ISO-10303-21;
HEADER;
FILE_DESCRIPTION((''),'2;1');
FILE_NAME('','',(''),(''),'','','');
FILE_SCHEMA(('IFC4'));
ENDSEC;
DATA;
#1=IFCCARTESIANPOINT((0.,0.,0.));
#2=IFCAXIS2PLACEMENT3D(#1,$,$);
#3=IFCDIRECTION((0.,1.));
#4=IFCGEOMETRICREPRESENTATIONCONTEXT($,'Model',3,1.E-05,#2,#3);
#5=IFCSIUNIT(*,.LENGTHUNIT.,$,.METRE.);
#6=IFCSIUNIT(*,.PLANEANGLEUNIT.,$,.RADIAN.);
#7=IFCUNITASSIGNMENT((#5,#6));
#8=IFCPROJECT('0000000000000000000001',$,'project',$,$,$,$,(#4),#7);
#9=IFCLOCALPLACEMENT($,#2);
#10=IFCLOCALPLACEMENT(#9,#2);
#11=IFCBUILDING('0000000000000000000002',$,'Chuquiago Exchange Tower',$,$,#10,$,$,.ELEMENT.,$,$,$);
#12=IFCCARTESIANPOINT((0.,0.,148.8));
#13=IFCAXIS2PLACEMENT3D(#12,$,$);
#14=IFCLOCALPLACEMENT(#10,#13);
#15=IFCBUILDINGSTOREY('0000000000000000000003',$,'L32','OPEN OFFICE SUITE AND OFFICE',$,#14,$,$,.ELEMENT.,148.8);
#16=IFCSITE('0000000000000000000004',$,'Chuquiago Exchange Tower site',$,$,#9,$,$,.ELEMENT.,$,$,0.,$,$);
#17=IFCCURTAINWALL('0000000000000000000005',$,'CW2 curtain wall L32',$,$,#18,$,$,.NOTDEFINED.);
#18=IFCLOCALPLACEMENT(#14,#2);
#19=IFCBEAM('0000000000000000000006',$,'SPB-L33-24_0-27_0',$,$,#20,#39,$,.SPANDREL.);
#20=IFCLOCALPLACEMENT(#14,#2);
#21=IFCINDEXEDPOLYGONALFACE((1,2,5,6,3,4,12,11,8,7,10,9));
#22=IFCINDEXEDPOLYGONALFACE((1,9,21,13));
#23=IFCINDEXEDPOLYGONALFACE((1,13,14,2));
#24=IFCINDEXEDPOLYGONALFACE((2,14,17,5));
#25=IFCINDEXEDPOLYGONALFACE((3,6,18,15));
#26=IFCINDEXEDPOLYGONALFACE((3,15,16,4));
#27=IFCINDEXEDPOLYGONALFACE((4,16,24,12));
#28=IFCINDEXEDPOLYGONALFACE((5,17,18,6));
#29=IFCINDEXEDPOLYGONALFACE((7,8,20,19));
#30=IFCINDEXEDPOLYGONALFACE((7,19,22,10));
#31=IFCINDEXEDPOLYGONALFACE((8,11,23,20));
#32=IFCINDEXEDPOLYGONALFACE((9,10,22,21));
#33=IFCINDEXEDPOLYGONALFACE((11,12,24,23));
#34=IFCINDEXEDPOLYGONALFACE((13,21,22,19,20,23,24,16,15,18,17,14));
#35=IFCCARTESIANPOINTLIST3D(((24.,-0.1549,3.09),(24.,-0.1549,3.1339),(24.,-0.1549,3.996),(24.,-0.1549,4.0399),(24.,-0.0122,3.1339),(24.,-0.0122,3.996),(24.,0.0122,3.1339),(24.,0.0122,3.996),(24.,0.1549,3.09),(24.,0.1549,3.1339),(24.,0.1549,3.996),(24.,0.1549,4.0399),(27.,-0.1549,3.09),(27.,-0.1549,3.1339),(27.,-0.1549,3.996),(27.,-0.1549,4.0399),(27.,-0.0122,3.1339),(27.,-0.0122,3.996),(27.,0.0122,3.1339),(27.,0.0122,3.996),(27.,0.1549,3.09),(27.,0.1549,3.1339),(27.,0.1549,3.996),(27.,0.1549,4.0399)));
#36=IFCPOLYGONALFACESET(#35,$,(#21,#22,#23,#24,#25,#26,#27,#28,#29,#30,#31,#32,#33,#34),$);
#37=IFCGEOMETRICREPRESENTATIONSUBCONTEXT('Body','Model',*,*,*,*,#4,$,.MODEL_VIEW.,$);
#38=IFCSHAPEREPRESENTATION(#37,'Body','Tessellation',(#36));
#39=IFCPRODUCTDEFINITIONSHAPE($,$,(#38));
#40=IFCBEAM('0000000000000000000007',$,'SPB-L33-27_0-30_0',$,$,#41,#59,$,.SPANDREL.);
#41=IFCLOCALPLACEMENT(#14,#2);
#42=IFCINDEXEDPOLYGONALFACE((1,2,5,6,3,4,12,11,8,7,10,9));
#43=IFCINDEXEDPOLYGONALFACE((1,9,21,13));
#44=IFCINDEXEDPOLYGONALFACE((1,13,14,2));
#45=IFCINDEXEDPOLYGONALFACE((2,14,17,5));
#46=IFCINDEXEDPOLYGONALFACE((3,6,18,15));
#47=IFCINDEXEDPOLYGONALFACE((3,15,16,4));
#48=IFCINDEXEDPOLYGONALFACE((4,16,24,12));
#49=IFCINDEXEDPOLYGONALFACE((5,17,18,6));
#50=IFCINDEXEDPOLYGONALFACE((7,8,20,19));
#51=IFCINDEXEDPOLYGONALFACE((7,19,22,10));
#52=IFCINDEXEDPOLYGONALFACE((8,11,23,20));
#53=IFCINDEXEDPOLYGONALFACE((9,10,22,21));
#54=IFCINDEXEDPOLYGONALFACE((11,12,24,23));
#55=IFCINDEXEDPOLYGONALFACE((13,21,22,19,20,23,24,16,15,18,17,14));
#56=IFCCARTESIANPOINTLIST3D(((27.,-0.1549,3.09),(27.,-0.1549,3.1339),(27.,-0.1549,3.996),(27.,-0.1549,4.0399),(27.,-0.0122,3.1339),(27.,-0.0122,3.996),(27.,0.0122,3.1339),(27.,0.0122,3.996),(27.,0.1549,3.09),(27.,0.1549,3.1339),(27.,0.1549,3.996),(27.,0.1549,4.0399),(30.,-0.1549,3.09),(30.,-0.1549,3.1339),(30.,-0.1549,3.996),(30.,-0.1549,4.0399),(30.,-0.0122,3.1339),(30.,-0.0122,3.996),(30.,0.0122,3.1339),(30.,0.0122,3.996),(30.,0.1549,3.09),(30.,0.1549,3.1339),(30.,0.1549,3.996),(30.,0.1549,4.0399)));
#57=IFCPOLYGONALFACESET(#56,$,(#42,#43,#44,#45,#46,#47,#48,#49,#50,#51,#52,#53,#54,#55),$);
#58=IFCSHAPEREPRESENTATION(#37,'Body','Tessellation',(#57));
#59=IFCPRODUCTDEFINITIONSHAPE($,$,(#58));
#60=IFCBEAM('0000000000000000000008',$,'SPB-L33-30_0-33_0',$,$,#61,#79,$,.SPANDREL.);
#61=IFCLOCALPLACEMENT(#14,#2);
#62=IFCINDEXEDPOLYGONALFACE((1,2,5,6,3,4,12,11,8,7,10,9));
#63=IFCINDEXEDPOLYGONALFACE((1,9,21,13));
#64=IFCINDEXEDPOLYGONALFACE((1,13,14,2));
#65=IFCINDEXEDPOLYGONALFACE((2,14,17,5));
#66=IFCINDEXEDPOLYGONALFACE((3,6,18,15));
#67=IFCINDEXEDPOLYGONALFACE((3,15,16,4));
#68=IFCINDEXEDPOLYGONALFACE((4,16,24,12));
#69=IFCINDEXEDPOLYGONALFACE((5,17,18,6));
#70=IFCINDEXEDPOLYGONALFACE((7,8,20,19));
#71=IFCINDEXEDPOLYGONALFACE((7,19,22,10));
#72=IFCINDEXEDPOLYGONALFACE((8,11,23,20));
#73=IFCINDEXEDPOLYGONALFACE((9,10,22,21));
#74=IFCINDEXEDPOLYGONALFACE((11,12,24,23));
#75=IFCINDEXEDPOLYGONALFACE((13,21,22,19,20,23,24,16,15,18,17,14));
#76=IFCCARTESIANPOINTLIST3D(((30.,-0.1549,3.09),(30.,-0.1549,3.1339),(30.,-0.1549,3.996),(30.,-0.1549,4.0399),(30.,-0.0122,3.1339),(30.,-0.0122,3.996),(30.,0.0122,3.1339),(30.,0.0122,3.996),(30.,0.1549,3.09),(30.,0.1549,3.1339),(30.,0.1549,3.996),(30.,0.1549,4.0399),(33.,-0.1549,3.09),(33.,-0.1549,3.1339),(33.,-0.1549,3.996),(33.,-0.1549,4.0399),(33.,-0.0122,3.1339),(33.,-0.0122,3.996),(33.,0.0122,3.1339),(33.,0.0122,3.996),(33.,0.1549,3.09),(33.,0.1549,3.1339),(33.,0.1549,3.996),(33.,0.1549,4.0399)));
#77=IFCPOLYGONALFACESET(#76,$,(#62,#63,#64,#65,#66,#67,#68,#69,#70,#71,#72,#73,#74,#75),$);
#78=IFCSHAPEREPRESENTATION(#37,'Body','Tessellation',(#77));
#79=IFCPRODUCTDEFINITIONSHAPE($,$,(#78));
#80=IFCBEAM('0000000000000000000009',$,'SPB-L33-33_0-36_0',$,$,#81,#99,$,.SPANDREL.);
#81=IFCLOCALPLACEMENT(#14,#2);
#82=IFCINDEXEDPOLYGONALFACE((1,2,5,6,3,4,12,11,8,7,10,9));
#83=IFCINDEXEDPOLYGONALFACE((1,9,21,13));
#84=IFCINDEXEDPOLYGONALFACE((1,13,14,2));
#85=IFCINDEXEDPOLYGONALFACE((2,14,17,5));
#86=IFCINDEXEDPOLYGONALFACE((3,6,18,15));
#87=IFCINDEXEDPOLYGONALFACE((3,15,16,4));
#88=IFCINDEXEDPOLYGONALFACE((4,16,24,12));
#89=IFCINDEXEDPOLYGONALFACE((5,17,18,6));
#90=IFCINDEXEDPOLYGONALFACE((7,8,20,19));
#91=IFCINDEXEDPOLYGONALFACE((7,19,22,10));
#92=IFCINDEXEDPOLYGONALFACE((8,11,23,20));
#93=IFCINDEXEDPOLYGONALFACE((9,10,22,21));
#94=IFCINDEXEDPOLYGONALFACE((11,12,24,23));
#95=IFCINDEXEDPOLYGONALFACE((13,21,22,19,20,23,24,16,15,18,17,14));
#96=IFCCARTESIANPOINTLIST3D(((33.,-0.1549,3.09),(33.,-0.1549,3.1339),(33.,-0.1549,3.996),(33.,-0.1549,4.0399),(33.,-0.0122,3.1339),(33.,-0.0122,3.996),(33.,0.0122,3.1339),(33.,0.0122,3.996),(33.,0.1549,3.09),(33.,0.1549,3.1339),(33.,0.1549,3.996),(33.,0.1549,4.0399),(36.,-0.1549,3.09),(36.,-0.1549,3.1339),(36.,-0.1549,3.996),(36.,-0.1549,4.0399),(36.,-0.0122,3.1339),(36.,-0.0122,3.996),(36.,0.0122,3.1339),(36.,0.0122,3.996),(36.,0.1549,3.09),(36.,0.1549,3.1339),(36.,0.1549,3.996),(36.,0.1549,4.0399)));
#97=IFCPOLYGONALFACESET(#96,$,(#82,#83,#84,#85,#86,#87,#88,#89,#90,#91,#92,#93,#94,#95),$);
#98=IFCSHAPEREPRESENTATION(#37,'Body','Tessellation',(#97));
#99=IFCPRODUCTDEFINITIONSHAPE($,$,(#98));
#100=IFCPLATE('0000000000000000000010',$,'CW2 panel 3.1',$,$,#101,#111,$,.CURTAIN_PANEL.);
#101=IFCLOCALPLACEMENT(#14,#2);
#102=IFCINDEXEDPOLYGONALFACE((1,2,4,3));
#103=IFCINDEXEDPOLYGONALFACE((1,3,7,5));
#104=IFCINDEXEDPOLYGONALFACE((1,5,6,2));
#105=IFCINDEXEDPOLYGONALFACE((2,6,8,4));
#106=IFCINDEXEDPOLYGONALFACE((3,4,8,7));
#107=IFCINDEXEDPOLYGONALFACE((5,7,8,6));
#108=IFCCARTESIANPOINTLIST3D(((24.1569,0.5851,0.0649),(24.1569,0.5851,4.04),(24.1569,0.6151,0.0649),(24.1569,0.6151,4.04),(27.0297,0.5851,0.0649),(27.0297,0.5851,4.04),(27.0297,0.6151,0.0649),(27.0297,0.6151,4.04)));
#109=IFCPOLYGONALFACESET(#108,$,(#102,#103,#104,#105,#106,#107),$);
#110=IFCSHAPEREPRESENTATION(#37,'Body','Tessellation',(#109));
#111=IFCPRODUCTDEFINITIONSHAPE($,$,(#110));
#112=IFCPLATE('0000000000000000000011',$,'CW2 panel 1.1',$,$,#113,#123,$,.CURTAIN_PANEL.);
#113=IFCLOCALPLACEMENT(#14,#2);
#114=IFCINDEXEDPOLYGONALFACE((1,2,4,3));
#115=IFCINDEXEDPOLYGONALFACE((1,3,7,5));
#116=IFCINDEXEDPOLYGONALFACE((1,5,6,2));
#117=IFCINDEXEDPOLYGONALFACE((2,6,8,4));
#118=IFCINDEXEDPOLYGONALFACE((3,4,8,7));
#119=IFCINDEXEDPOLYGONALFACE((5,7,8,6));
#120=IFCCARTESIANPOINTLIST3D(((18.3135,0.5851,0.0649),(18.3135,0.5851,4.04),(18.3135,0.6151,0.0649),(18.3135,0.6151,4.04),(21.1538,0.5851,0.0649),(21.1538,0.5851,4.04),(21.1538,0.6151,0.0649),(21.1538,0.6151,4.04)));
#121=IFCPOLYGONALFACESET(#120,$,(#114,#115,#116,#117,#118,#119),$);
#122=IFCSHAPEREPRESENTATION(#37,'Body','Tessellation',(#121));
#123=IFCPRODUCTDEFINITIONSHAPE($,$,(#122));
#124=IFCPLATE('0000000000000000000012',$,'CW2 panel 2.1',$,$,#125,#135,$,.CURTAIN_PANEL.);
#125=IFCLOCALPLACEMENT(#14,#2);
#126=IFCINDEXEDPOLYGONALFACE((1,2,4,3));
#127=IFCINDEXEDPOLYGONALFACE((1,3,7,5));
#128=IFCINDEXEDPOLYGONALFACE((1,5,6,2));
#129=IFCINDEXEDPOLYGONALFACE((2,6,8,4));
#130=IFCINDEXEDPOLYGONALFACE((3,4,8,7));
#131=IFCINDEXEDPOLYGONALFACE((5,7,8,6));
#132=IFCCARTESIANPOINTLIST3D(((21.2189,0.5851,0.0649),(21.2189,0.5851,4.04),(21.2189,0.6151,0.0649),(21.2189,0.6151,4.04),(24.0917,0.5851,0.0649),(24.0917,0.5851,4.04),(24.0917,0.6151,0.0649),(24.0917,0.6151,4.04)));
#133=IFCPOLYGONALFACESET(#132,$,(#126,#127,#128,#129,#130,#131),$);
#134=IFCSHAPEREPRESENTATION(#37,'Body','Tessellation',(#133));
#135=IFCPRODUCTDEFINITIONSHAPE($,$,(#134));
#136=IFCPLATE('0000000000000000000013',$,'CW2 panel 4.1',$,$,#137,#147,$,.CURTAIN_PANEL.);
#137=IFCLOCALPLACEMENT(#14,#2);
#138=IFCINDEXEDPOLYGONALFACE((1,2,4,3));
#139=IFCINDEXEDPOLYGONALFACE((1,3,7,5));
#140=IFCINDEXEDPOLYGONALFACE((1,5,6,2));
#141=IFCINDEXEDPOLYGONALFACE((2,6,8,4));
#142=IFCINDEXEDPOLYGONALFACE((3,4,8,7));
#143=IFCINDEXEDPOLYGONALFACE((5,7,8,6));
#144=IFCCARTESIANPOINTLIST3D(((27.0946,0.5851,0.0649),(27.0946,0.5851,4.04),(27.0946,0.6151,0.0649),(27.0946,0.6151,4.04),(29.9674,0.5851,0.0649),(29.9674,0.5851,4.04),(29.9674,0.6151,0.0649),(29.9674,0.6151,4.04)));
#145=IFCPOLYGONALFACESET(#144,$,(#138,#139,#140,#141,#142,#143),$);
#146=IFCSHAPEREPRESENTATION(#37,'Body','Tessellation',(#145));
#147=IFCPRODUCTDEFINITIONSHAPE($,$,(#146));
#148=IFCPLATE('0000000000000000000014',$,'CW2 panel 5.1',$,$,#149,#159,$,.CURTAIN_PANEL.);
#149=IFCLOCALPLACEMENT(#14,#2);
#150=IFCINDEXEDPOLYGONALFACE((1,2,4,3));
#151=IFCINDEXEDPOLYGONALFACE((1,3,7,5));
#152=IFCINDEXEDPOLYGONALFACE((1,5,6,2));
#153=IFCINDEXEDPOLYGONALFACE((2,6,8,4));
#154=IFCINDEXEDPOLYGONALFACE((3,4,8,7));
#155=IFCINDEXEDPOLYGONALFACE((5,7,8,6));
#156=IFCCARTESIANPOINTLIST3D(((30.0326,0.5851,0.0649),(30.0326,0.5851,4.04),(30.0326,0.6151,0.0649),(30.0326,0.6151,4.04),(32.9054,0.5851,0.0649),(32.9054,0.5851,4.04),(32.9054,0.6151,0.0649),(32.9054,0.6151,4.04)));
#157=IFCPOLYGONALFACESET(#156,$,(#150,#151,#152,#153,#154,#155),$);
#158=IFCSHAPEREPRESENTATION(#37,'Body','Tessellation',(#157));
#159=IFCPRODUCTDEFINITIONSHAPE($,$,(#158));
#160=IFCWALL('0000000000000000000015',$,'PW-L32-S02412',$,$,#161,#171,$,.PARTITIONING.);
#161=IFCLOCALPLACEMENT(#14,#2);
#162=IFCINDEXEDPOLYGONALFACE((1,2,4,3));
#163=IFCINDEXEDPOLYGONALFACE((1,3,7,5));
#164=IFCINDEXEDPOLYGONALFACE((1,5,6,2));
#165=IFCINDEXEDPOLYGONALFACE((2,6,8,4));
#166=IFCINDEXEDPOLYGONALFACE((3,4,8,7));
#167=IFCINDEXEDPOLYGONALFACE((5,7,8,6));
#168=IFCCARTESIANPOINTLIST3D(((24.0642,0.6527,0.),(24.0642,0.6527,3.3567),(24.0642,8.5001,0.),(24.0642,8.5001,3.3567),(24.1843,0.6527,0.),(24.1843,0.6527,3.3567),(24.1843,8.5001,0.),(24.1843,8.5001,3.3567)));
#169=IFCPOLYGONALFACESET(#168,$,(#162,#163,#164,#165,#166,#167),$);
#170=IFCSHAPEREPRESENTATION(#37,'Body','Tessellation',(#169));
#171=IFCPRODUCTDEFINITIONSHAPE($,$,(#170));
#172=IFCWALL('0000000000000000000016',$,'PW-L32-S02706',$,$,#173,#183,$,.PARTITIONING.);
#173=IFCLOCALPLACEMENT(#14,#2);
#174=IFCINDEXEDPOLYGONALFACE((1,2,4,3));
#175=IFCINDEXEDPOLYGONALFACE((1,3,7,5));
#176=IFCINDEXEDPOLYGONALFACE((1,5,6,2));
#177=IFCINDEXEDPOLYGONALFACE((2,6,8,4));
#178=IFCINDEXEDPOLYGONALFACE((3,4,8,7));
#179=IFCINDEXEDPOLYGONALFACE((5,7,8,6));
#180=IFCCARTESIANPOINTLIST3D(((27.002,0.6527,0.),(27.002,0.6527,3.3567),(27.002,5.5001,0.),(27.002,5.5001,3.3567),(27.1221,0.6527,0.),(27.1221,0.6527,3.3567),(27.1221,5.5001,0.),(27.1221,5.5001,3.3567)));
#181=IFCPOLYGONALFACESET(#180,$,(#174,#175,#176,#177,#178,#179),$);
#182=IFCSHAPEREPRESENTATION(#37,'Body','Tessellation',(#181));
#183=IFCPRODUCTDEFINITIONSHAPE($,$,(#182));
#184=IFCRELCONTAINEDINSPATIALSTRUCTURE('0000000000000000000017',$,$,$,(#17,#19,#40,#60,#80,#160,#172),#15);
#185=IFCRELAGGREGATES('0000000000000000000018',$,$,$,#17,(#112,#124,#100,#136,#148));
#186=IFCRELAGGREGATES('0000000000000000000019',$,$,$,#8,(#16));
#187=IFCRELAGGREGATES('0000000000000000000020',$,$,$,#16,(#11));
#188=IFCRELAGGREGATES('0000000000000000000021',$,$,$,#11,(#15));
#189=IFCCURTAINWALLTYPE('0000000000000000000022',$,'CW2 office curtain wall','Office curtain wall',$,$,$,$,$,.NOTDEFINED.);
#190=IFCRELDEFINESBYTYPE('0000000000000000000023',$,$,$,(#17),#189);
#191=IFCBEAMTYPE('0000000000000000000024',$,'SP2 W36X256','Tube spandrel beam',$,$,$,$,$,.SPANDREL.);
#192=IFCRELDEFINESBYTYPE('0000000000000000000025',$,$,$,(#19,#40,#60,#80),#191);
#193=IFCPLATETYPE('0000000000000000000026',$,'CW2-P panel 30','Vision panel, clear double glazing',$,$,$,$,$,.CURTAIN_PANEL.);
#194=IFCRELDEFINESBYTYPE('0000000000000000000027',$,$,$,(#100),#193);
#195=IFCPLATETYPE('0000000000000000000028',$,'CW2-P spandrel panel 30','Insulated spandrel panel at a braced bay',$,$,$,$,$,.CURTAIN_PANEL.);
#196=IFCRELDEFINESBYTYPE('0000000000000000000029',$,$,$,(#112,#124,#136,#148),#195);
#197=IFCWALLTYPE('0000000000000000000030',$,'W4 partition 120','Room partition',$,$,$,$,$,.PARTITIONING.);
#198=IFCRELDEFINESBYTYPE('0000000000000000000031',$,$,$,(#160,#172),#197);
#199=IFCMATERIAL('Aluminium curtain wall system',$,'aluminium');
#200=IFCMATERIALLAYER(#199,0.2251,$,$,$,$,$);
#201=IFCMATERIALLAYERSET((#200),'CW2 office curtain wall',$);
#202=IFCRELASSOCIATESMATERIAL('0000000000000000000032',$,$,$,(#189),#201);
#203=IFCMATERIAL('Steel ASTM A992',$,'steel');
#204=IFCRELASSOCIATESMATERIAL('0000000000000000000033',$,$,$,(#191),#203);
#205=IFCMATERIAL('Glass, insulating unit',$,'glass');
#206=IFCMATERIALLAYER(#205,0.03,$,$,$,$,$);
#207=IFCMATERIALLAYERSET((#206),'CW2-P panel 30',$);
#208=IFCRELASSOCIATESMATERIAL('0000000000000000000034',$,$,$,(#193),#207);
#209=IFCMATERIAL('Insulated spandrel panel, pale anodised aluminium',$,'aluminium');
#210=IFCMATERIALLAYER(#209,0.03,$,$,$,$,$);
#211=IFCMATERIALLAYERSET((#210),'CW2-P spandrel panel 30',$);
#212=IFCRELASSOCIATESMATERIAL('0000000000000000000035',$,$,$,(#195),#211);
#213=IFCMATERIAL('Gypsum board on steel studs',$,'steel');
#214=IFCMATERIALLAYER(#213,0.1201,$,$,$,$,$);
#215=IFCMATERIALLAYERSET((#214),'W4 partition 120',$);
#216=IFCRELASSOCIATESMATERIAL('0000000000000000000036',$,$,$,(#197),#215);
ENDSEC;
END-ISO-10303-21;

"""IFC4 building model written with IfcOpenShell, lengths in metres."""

from ifc_helpers import new_model, si_unit, direction, frame, frame_2d, origin, origin_2d, place, context, subcontext, project, spatial, rectangle, i_section, extrude, material, layer, layer_set, material_profile, profile_set, type_object, element, aggregate, save


model = new_model("IFC4")

# Units and contexts
model_context = context("Model", 3, precision=1e-05, world=origin(), true_north=direction((0.0, 1.0)))
body_context = subcontext(model_context, "Body", "Model", "MODEL_VIEW")
ifc_project = project(units=[si_unit("LENGTHUNIT", "METRE"), si_unit("PLANEANGLEUNIT", "RADIAN")], contexts=[model_context])

# Site, building, storey
site_placement = place(None, origin())
site = spatial("IfcSite", under=ifc_project, at=site_placement, Name="Chuquiago Exchange Tower site", CompositionType="ELEMENT", RefElevation=0.0)
building_placement = place(site_placement, origin())
building = spatial("IfcBuilding", under=site, at=building_placement, Name="Chuquiago Exchange Tower", CompositionType="ELEMENT")
storey_placement = place(building_placement, frame((0.0, 0.0, 148.8)))
storey = spatial("IfcBuildingStorey", under=building, at=storey_placement, Name="L32", Description="OPEN OFFICE SUITE AND OFFICE", CompositionType="ELEMENT", Elevation=148.8)

# Curtain wall
ifc_material_1 = material(Name="Aluminium curtain wall system", Category="aluminium")
ifc_layer_1 = layer(ifc_material_1, 0.2251)
ifc_layer_set_1 = layer_set([ifc_layer_1], Name="CW2 office curtain wall")
curtain_wall_type_1 = type_object("IfcCurtainWallType", Name="CW2 office curtain wall", Description="Office curtain wall", PredefinedType="NOTDEFINED", material=ifc_layer_set_1)
curtain_wall_1_placement = place(storey_placement, origin())
curtain_wall_1 = element("IfcCurtainWall", 1, at=curtain_wall_1_placement, inside=storey, type_object=curtain_wall_type_1, Name="CW2 curtain wall L32", PredefinedType="NOTDEFINED")

# Beams
ifc_material_2 = material(Name="Steel ASTM A992", Category="steel")
ifc_material_profile_1 = material_profile(ifc_material_2, i_section(OverallWidth=0.3098, OverallDepth=0.95, WebThickness=0.0244, FlangeThickness=0.0439, at=origin_2d()), Name="W36X256")
ifc_profile_set_1 = profile_set([ifc_material_profile_1], Name="Steel ASTM A992")
beam_type = type_object("IfcBeamType", Name="SP2 W36X256", Description="Tube spandrel beam", PredefinedType="SPANDREL", material=ifc_profile_set_1)
for number, where, z_axis, x_axis, name in (
    (2, (24.0, 0.0, 3.5649), (1.0, 0.0, 0.0), (0.0, 1.0, 0.0), "SPB-L33-24_0-27_0"),
    (3, (27.0, 0.0, 3.5649), (1.0, 0.0, 0.0), (0.0, 1.0, 0.0), "SPB-L33-27_0-30_0"),
    (4, (30.0, 0.0, 3.5649), (1.0, 0.0, 0.0), (0.0, 1.0, 0.0), "SPB-L33-30_0-33_0"),
    (5, (33.0, 0.0, 3.5649), (1.0, 0.0, 0.0), (0.0, 1.0, 0.0), "SPB-L33-33_0-36_0"),
):
    element("IfcBeam", number, at=place(storey_placement, frame(where, z_axis=z_axis, x_axis=x_axis)), inside=storey, type_object=beam_type, Name=name, PredefinedType="SPANDREL", context=body_context, shape_type="SweptSolid", body=[
        extrude(i_section(OverallWidth=0.3098, OverallDepth=0.95, WebThickness=0.0244, FlangeThickness=0.0439, at=origin_2d()), origin(), (0.0, 0.0, 1.0), 3.0),
    ])

# Plates
ifc_material_3 = material(Name="Glass, insulating unit", Category="glass")
ifc_layer_2 = layer(ifc_material_3, 0.03)
ifc_layer_set_2 = layer_set([ifc_layer_2], Name="CW2-P panel 30")
plate_type_1 = type_object("IfcPlateType", Name="CW2-P panel 30", Description="Vision panel, clear double glazing", PredefinedType="CURTAIN_PANEL", material=ifc_layer_set_2)
plate_1_placement = place(storey_placement, frame((25.5933, 0.6001, 0.0649), z_axis=(0.0, 0.0, 1.0), x_axis=(1.0, 0.0, 0.0)))
plate_1 = element("IfcPlate", 6, at=plate_1_placement, type_object=plate_type_1, Name="CW2 panel 3.1", PredefinedType="CURTAIN_PANEL", context=body_context, shape_type="SweptSolid", body=[
    extrude(rectangle(XDim=2.8728, YDim=0.03, at=origin_2d()), origin(), (0.0, 0.0, 1.0), 3.9751),
])
ifc_material_4 = material(Name="Insulated spandrel panel, pale anodised aluminium", Category="aluminium")
ifc_layer_3 = layer(ifc_material_4, 0.03)
ifc_layer_set_3 = layer_set([ifc_layer_3], Name="CW2-P spandrel panel 30")
plate_type_2 = type_object("IfcPlateType", Name="CW2-P spandrel panel 30", Description="Insulated spandrel panel at a braced bay", PredefinedType="CURTAIN_PANEL", material=ifc_layer_set_3)
plate_2_placement = place(storey_placement, frame((19.7336, 0.6001, 0.0649), z_axis=(0.0, 0.0, 1.0), x_axis=(1.0, 0.0, 0.0)))
plate_2 = element("IfcPlate", 7, at=plate_2_placement, type_object=plate_type_2, Name="CW2 panel 1.1", PredefinedType="CURTAIN_PANEL", context=body_context, shape_type="SweptSolid", body=[
    extrude(rectangle(XDim=2.8403, YDim=0.03, at=origin_2d()), origin(), (0.0, 0.0, 1.0), 3.9751),
])
plate_3_placement = place(storey_placement, frame((22.6553, 0.6001, 0.0649), z_axis=(0.0, 0.0, 1.0), x_axis=(1.0, 0.0, 0.0)))
plate_3 = element("IfcPlate", 8, at=plate_3_placement, type_object=plate_type_2, Name="CW2 panel 2.1", PredefinedType="CURTAIN_PANEL", context=body_context, shape_type="SweptSolid", body=[
    extrude(rectangle(XDim=2.8728, YDim=0.03, at=origin_2d()), origin(), (0.0, 0.0, 1.0), 3.9751),
])
plate_4_placement = place(storey_placement, frame((28.531, 0.6001, 0.0649), z_axis=(0.0, 0.0, 1.0), x_axis=(1.0, 0.0, 0.0)))
plate_4 = element("IfcPlate", 9, at=plate_4_placement, type_object=plate_type_2, Name="CW2 panel 4.1", PredefinedType="CURTAIN_PANEL", context=body_context, shape_type="SweptSolid", body=[
    extrude(rectangle(XDim=2.8728, YDim=0.03, at=origin_2d()), origin(), (0.0, 0.0, 1.0), 3.9751),
])
plate_5_placement = place(storey_placement, frame((31.469, 0.6001, 0.0649), z_axis=(0.0, 0.0, 1.0), x_axis=(1.0, 0.0, 0.0)))
plate_5 = element("IfcPlate", 10, at=plate_5_placement, type_object=plate_type_2, Name="CW2 panel 5.1", PredefinedType="CURTAIN_PANEL", context=body_context, shape_type="SweptSolid", body=[
    extrude(rectangle(XDim=2.8728, YDim=0.03, at=origin_2d()), origin(), (0.0, 0.0, 1.0), 3.9751),
])
aggregate(curtain_wall_1, [plate_2, plate_3, plate_1, plate_4, plate_5])

# Walls
ifc_material_5 = material(Name="Gypsum board on steel studs", Category="steel")
ifc_layer_4 = layer(ifc_material_5, 0.1201)
ifc_layer_set_4 = layer_set([ifc_layer_4], Name="W4 partition 120")
wall_type = type_object("IfcWallType", Name="W4 partition 120", Description="Room partition", PredefinedType="PARTITIONING", material=ifc_layer_set_4)
wall_1_placement = place(storey_placement, frame((24.1243, 0.6526, 0.0), z_axis=(0.0, 0.0, 1.0), x_axis=(0.0, 1.0, 0.0)))
element("IfcWall", 11, at=wall_1_placement, inside=storey, type_object=wall_type, Name="PW-L32-S02412", PredefinedType="PARTITIONING", context=body_context, shape_type="SweptSolid", body=[
    extrude(rectangle(XDim=7.8474, YDim=0.1201, at=frame_2d((3.9238, 0.0))), origin(), (0.0, 0.0, 1.0), 3.3567),
])
wall_2_placement = place(storey_placement, frame((27.062, 0.6526, 0.0), z_axis=(0.0, 0.0, 1.0), x_axis=(0.0, 1.0, 0.0)))
element("IfcWall", 12, at=wall_2_placement, inside=storey, type_object=wall_type, Name="PW-L32-S02706", PredefinedType="PARTITIONING", context=body_context, shape_type="SweptSolid", body=[
    extrude(rectangle(XDim=4.8474, YDim=0.1201, at=frame_2d((2.4238, 0.0))), origin(), (0.0, 0.0, 1.0), 3.3567),
])

save(model, "model.ifc")
